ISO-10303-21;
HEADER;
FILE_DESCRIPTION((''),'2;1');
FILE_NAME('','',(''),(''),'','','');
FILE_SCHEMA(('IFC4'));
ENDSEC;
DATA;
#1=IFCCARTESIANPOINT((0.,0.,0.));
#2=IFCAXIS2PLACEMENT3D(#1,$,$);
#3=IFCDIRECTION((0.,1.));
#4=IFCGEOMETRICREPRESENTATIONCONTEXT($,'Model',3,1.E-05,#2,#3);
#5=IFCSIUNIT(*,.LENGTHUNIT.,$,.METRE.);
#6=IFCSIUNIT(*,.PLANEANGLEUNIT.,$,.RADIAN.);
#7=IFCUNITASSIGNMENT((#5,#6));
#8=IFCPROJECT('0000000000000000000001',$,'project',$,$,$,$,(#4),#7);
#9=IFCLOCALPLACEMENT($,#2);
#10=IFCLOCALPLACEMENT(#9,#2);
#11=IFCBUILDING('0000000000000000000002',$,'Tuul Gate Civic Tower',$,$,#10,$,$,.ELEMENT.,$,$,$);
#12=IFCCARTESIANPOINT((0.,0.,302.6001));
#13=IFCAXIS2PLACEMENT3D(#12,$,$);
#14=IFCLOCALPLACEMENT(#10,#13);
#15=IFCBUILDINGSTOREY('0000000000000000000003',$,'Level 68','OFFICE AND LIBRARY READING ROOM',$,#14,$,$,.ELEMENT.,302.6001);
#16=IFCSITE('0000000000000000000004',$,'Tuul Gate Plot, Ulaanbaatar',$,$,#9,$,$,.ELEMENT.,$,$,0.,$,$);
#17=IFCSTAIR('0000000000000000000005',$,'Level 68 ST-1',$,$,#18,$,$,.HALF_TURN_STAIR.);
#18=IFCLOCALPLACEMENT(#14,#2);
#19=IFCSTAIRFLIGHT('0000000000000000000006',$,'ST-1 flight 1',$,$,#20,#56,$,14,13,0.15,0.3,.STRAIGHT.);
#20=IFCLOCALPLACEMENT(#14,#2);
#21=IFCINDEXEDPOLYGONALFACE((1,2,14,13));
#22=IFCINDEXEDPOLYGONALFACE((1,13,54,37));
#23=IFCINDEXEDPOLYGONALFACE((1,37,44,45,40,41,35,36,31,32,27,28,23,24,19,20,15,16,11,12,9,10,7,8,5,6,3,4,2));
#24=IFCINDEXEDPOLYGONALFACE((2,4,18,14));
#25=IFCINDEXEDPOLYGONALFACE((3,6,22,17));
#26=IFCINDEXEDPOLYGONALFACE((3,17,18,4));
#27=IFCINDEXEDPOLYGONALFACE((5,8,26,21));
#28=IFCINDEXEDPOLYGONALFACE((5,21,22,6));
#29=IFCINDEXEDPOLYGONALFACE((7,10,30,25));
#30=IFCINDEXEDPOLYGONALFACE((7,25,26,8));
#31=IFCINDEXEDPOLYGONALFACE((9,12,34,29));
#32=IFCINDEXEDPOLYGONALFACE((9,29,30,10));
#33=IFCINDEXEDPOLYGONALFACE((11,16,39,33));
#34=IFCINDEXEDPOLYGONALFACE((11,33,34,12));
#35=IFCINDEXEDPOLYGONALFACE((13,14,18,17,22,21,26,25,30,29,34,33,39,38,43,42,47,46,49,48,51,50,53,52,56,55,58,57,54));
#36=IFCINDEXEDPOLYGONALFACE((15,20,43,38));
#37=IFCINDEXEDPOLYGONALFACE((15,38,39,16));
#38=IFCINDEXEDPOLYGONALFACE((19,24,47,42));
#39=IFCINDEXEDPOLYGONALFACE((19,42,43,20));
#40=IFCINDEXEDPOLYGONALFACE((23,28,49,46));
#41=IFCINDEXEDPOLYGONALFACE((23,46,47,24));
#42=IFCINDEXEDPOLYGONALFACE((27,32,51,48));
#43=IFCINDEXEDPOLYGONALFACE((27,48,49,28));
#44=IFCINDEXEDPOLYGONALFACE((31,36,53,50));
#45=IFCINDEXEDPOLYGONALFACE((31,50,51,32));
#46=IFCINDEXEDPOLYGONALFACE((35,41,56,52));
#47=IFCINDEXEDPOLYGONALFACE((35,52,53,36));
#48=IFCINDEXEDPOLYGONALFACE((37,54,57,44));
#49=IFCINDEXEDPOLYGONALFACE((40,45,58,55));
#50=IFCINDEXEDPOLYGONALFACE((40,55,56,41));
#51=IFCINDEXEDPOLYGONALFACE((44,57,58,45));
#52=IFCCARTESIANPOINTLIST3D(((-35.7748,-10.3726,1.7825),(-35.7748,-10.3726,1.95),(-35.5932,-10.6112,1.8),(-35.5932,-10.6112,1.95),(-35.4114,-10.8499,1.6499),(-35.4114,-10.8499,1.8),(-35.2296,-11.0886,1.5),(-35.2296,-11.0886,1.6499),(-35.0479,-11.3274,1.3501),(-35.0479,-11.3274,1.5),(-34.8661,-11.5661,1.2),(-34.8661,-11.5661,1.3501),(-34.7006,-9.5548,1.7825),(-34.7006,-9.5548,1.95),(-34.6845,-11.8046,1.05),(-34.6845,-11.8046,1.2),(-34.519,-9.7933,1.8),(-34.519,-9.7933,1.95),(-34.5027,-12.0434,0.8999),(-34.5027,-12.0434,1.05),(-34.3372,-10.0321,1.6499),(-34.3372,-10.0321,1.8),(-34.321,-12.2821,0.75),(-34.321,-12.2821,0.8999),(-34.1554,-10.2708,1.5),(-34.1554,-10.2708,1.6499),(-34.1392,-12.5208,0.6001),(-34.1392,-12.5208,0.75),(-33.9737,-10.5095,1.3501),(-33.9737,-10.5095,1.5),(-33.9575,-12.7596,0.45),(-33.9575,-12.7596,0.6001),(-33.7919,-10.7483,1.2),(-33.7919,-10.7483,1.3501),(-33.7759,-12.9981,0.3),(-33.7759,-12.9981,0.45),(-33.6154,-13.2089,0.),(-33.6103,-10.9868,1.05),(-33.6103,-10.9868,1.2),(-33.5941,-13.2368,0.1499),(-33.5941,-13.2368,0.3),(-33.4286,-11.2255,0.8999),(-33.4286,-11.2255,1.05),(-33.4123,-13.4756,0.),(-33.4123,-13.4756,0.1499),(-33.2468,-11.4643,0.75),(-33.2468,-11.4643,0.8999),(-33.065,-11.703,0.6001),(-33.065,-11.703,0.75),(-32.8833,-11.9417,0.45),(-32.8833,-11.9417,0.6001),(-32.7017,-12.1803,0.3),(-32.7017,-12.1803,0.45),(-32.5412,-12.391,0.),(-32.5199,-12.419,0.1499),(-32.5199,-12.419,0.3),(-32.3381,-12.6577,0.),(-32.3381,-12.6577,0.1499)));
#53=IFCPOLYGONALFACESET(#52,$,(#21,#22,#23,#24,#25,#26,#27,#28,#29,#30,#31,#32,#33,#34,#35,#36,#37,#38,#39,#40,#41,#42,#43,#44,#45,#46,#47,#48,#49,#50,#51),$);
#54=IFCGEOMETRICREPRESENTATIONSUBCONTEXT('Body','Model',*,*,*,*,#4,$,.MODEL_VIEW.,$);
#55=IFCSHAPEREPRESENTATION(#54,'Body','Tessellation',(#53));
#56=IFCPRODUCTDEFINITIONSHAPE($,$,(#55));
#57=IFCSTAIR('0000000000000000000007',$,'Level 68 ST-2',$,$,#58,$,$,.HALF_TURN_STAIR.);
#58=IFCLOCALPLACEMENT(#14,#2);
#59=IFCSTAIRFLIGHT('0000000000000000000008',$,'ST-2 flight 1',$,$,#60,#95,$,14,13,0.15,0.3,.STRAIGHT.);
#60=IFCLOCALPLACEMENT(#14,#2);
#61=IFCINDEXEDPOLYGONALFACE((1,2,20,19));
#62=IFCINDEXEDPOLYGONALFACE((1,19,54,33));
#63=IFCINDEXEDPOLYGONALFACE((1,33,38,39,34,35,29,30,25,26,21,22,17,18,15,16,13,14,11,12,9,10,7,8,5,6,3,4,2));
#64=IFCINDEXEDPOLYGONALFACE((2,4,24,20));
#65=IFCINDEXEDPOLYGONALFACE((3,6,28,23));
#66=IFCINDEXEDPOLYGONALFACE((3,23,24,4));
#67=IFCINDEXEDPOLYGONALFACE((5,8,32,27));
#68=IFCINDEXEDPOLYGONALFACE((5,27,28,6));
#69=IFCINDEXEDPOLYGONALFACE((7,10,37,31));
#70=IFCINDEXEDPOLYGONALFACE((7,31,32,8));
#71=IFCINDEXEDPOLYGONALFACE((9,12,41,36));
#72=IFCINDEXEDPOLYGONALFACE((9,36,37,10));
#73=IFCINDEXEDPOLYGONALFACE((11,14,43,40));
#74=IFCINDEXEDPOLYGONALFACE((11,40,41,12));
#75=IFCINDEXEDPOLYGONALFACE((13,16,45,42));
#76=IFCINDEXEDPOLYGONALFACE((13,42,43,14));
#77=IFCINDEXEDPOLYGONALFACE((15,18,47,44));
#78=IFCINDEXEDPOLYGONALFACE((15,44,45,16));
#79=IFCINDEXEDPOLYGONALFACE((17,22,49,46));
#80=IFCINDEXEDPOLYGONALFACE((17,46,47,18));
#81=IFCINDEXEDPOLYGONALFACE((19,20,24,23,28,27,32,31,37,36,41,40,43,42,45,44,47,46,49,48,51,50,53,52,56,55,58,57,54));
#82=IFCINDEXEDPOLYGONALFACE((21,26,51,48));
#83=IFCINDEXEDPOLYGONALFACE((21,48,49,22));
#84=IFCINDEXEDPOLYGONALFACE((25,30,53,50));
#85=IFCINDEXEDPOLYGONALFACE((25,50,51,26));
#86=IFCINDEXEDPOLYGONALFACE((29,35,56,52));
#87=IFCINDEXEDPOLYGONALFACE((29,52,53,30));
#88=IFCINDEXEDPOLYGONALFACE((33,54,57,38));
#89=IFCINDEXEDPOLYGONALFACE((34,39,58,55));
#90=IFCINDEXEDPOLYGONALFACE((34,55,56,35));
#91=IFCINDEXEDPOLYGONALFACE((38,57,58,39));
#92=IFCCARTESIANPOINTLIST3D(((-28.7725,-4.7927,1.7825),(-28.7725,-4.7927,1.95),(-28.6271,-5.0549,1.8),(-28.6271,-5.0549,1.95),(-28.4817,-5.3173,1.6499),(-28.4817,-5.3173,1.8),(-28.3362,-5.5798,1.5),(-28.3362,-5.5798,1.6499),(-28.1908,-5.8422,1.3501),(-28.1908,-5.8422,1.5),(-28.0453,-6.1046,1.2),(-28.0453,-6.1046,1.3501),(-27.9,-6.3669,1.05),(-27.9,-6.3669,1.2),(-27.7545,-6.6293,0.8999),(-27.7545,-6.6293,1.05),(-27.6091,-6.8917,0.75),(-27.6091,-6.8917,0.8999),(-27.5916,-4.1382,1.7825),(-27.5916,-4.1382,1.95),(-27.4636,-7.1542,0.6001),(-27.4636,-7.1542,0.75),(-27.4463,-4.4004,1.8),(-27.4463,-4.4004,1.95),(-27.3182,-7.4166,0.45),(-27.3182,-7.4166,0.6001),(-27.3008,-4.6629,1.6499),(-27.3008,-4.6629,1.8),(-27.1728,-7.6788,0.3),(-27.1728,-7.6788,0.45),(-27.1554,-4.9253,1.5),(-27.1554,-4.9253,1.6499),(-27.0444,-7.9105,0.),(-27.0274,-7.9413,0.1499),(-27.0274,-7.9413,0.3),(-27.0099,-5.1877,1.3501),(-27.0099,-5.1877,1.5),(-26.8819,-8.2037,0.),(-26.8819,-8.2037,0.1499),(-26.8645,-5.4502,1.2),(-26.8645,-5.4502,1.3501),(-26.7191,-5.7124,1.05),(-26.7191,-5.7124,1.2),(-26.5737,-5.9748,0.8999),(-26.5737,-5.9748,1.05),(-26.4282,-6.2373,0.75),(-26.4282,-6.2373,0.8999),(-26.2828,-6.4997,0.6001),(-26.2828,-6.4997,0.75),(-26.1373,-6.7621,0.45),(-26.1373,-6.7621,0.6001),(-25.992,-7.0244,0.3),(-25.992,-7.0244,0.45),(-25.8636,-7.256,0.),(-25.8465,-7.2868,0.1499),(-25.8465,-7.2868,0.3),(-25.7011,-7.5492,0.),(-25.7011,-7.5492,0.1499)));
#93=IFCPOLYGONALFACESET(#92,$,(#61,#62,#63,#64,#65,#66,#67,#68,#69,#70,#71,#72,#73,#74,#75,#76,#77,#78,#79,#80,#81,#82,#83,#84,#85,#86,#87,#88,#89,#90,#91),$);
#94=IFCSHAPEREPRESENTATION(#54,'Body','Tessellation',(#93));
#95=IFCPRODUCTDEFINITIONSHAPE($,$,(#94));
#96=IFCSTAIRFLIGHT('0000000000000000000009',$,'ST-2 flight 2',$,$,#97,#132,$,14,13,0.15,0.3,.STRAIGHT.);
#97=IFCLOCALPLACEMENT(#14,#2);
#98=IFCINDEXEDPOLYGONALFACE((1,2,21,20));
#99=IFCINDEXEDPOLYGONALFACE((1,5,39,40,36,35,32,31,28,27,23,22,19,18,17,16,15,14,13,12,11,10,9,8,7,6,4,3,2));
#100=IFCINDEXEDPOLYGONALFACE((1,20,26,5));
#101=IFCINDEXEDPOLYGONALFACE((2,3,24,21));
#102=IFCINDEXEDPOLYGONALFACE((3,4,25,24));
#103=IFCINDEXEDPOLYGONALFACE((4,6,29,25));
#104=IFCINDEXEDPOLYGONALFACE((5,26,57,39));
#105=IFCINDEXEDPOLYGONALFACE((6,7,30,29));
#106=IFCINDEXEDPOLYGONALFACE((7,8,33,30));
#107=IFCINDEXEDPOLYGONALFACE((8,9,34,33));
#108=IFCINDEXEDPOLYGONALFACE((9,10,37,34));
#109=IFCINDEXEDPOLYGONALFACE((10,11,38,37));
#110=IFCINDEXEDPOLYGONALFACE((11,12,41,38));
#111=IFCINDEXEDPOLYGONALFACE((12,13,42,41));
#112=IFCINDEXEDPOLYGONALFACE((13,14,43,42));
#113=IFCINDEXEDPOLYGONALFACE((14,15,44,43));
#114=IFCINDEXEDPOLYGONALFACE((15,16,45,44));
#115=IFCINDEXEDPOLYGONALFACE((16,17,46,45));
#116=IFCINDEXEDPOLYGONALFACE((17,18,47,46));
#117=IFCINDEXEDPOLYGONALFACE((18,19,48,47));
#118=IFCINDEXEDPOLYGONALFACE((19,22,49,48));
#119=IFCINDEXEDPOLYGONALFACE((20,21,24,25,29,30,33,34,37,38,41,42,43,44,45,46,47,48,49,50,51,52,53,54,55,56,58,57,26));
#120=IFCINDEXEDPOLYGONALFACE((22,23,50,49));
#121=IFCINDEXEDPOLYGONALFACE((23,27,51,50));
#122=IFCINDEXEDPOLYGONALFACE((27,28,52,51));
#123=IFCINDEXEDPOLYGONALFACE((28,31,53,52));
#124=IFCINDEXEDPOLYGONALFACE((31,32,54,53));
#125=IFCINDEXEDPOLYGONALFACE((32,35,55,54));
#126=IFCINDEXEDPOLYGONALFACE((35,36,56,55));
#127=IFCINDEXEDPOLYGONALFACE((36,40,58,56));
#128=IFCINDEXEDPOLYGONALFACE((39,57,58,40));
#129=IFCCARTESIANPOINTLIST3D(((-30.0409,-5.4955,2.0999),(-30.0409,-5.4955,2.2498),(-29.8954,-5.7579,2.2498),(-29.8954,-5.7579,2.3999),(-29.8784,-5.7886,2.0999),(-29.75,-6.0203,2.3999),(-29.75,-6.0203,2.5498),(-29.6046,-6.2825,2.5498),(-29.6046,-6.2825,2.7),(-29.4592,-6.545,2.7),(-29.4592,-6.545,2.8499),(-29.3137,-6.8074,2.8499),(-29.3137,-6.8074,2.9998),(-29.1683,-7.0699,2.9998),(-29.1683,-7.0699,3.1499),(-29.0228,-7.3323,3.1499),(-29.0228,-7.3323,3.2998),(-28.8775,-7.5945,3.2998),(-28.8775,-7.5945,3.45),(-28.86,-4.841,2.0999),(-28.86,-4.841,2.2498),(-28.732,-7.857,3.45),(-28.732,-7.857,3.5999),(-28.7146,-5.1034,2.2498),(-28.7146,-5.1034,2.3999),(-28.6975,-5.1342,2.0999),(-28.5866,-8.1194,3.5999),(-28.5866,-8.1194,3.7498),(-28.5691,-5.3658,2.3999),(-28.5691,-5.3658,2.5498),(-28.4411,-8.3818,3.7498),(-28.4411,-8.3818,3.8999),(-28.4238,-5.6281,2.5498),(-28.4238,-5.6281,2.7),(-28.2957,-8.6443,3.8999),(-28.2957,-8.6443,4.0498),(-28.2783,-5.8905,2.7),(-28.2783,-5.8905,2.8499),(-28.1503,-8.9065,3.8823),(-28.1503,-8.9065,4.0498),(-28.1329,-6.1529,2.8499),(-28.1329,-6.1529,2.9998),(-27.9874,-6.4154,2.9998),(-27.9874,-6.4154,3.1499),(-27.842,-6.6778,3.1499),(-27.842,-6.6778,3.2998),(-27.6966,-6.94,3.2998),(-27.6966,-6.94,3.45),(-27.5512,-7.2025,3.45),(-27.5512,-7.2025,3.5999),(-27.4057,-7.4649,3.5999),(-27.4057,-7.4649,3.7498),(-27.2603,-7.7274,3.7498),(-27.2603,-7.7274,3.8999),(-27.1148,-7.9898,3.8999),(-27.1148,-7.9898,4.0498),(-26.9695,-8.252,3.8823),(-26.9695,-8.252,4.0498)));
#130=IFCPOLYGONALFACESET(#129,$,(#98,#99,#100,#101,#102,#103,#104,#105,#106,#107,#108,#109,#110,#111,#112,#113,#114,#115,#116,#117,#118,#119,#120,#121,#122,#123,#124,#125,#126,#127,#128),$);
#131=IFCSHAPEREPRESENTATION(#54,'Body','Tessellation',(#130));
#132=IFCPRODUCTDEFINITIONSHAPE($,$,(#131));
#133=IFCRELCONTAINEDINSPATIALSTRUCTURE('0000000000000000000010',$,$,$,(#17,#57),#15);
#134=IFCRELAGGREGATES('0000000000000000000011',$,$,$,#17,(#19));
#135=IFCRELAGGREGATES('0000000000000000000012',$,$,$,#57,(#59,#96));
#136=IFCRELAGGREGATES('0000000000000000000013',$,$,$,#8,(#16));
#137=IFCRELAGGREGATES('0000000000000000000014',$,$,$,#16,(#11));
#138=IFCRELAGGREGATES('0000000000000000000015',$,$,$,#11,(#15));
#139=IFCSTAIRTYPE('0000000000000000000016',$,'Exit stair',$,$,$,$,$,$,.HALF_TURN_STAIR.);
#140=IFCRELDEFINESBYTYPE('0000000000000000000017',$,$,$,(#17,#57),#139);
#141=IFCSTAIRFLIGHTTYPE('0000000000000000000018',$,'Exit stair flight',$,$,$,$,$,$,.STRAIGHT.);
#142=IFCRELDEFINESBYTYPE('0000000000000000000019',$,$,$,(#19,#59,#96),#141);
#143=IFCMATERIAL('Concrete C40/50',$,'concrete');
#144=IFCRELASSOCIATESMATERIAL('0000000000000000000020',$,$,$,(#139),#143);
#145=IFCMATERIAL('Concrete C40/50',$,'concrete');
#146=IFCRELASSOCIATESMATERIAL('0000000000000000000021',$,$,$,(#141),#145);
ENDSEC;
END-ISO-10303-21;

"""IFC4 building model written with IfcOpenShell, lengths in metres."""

from ifc_helpers import new_model, si_unit, direction, frame, origin, place, context, subcontext, project, spatial, polyline, outline, extrude, material, type_object, element, aggregate, save


model = new_model("IFC4")

# Units and contexts
model_context = context("Model", 3, precision=1e-05, world=origin(), true_north=direction((0.0, 1.0)))
body_context = subcontext(model_context, "Body", "Model", "MODEL_VIEW")
ifc_project = project(units=[si_unit("LENGTHUNIT", "METRE"), si_unit("PLANEANGLEUNIT", "RADIAN")], contexts=[model_context])

# Site, building, storey
site_placement = place(None, origin())
site = spatial("IfcSite", under=ifc_project, at=site_placement, Name="Tuul Gate Plot, Ulaanbaatar", CompositionType="ELEMENT", RefElevation=0.0)
building_placement = place(site_placement, origin())
building = spatial("IfcBuilding", under=site, at=building_placement, Name="Tuul Gate Civic Tower", CompositionType="ELEMENT")
storey_placement = place(building_placement, frame((0.0, 0.0, 302.6001)))
storey = spatial("IfcBuildingStorey", under=building, at=storey_placement, Name="Level 68", Description="OFFICE AND LIBRARY READING ROOM", CompositionType="ELEMENT", Elevation=302.6001)

# Stair, stair flight
ifc_material_1 = material(Name="Concrete C40/50", Category="concrete")
stair_type = type_object("IfcStairType", Name="Exit stair", PredefinedType="HALF_TURN_STAIR", material=ifc_material_1)
stair_1_placement = place(storey_placement, origin())
stair_1 = element("IfcStair", 1, at=stair_1_placement, inside=storey, type_object=stair_type, Name="Level 68 ST-1", PredefinedType="HALF_TURN_STAIR")
ifc_material_2 = material(Name="Concrete C40/50", Category="concrete")
stair_flight_type = type_object("IfcStairFlightType", Name="Exit stair flight", PredefinedType="STRAIGHT", material=ifc_material_2)
stair_flight_1_placement = place(storey_placement, frame((-32.8752, -13.0667, 0.0), z_axis=(0.0, 0.0, 1.0), x_axis=(-0.605764, 0.795644, 0.0)))
stair_flight_1 = element("IfcStairFlight", 2, at=stair_flight_1_placement, type_object=stair_flight_type, Name="ST-1 flight 1", NumberOfRisers=14, NumberOfTreads=13, PredefinedType="STRAIGHT", RiserHeight=0.15, TreadLength=0.3, context=body_context, shape_type="SweptSolid", body=[
    extrude(outline(polyline([(0.0, 0.0), (0.0, 0.1499), (0.3, 0.1499), (0.3, 0.3), (0.6001, 0.3), (0.6001, 0.45), (0.8999, 0.45), (0.8999, 0.6001), (1.2, 0.6001), (1.2, 0.75), (1.5, 0.75), (1.5, 0.8999), (1.8, 0.8999), (1.8, 1.05), (2.1001, 1.05), (2.1001, 1.2), (2.3999, 1.2), (2.3999, 1.3501), (2.7, 1.3501), (2.7, 1.5), (3.0, 1.5), (3.0, 1.6499), (3.3, 1.6499), (3.3, 1.8), (3.6001, 1.8), (3.6001, 1.95), (3.8999, 1.95), (3.8999, 2.1001), (3.8999, 1.7825), (0.3352, 0.0), (0.0, 0.0)])), frame((0.0, 0.675, 0.0), z_axis=(0.0, -1.0, 0.0), x_axis=(1.0, 0.0, 0.0)), (0.0, 0.0, 1.0), 1.3501),
])
aggregate(stair_1, [stair_flight_1])

# Stair, stair flights
stair_2_placement = place(storey_placement, origin())
stair_2 = element("IfcStair", 3, at=stair_2_placement, inside=storey, type_object=stair_type, Name="Level 68 ST-2", PredefinedType="HALF_TURN_STAIR")
stair_flight_2_placement = place(storey_placement, frame((-26.2915, -7.8765, 0.0), z_axis=(0.0, 0.0, 1.0), x_axis=(-0.484762, 0.874646, 0.0)))
stair_flight_2 = element("IfcStairFlight", 4, at=stair_flight_2_placement, type_object=stair_flight_type, Name="ST-2 flight 1", NumberOfRisers=14, NumberOfTreads=13, PredefinedType="STRAIGHT", RiserHeight=0.15, TreadLength=0.3, context=body_context, shape_type="SweptSolid", body=[
    extrude(outline(polyline([(0.0, 0.0), (0.0, 0.1499), (0.3, 0.1499), (0.3, 0.3), (0.6001, 0.3), (0.6001, 0.45), (0.8999, 0.45), (0.8999, 0.6001), (1.2, 0.6001), (1.2, 0.75), (1.5, 0.75), (1.5, 0.8999), (1.8, 0.8999), (1.8, 1.05), (2.1001, 1.05), (2.1001, 1.2), (2.3999, 1.2), (2.3999, 1.3501), (2.7, 1.3501), (2.7, 1.5), (3.0, 1.5), (3.0, 1.6499), (3.3, 1.6499), (3.3, 1.8), (3.6001, 1.8), (3.6001, 1.95), (3.8999, 1.95), (3.8999, 2.1001), (3.8999, 1.7825), (0.3352, 0.0), (0.0, 0.0)])), frame((0.0, 0.675, 0.0), z_axis=(0.0, -1.0, 0.0), x_axis=(1.0, 0.0, 0.0)), (0.0, 0.0, 1.0), 1.3501),
])
stair_flight_3_placement = place(storey_placement, frame((-29.4504, -5.1682, 2.0999), z_axis=(0.0, 0.0, 1.0), x_axis=(0.484762, -0.874646, 0.0)))
stair_flight_3 = element("IfcStairFlight", 5, at=stair_flight_3_placement, type_object=stair_flight_type, Name="ST-2 flight 2", NumberOfRisers=14, NumberOfTreads=13, PredefinedType="STRAIGHT", RiserHeight=0.15, TreadLength=0.3, context=body_context, shape_type="SweptSolid", body=[
    extrude(outline(polyline([(0.0, 0.0), (0.0, 0.1499), (0.3, 0.1499), (0.3, 0.3), (0.6001, 0.3), (0.6001, 0.45), (0.8999, 0.45), (0.8999, 0.6001), (1.2, 0.6001), (1.2, 0.75), (1.5, 0.75), (1.5, 0.8999), (1.8, 0.8999), (1.8, 1.05), (2.1001, 1.05), (2.1001, 1.2), (2.3999, 1.2), (2.3999, 1.3501), (2.7, 1.3501), (2.7, 1.5), (3.0, 1.5), (3.0, 1.6499), (3.3, 1.6499), (3.3, 1.8), (3.6001, 1.8), (3.6001, 1.95), (3.8999, 1.95), (3.8999, 2.1001), (3.8999, 1.7825), (0.3352, 0.0), (0.0, 0.0)])), frame((0.0, 0.675, 0.0), z_axis=(0.0, -1.0, 0.0), x_axis=(1.0, 0.0, 0.0)), (0.0, 0.0, 1.0), 1.3501),
])
aggregate(stair_2, [stair_flight_2, stair_flight_3])

save(model, "model.ifc")
